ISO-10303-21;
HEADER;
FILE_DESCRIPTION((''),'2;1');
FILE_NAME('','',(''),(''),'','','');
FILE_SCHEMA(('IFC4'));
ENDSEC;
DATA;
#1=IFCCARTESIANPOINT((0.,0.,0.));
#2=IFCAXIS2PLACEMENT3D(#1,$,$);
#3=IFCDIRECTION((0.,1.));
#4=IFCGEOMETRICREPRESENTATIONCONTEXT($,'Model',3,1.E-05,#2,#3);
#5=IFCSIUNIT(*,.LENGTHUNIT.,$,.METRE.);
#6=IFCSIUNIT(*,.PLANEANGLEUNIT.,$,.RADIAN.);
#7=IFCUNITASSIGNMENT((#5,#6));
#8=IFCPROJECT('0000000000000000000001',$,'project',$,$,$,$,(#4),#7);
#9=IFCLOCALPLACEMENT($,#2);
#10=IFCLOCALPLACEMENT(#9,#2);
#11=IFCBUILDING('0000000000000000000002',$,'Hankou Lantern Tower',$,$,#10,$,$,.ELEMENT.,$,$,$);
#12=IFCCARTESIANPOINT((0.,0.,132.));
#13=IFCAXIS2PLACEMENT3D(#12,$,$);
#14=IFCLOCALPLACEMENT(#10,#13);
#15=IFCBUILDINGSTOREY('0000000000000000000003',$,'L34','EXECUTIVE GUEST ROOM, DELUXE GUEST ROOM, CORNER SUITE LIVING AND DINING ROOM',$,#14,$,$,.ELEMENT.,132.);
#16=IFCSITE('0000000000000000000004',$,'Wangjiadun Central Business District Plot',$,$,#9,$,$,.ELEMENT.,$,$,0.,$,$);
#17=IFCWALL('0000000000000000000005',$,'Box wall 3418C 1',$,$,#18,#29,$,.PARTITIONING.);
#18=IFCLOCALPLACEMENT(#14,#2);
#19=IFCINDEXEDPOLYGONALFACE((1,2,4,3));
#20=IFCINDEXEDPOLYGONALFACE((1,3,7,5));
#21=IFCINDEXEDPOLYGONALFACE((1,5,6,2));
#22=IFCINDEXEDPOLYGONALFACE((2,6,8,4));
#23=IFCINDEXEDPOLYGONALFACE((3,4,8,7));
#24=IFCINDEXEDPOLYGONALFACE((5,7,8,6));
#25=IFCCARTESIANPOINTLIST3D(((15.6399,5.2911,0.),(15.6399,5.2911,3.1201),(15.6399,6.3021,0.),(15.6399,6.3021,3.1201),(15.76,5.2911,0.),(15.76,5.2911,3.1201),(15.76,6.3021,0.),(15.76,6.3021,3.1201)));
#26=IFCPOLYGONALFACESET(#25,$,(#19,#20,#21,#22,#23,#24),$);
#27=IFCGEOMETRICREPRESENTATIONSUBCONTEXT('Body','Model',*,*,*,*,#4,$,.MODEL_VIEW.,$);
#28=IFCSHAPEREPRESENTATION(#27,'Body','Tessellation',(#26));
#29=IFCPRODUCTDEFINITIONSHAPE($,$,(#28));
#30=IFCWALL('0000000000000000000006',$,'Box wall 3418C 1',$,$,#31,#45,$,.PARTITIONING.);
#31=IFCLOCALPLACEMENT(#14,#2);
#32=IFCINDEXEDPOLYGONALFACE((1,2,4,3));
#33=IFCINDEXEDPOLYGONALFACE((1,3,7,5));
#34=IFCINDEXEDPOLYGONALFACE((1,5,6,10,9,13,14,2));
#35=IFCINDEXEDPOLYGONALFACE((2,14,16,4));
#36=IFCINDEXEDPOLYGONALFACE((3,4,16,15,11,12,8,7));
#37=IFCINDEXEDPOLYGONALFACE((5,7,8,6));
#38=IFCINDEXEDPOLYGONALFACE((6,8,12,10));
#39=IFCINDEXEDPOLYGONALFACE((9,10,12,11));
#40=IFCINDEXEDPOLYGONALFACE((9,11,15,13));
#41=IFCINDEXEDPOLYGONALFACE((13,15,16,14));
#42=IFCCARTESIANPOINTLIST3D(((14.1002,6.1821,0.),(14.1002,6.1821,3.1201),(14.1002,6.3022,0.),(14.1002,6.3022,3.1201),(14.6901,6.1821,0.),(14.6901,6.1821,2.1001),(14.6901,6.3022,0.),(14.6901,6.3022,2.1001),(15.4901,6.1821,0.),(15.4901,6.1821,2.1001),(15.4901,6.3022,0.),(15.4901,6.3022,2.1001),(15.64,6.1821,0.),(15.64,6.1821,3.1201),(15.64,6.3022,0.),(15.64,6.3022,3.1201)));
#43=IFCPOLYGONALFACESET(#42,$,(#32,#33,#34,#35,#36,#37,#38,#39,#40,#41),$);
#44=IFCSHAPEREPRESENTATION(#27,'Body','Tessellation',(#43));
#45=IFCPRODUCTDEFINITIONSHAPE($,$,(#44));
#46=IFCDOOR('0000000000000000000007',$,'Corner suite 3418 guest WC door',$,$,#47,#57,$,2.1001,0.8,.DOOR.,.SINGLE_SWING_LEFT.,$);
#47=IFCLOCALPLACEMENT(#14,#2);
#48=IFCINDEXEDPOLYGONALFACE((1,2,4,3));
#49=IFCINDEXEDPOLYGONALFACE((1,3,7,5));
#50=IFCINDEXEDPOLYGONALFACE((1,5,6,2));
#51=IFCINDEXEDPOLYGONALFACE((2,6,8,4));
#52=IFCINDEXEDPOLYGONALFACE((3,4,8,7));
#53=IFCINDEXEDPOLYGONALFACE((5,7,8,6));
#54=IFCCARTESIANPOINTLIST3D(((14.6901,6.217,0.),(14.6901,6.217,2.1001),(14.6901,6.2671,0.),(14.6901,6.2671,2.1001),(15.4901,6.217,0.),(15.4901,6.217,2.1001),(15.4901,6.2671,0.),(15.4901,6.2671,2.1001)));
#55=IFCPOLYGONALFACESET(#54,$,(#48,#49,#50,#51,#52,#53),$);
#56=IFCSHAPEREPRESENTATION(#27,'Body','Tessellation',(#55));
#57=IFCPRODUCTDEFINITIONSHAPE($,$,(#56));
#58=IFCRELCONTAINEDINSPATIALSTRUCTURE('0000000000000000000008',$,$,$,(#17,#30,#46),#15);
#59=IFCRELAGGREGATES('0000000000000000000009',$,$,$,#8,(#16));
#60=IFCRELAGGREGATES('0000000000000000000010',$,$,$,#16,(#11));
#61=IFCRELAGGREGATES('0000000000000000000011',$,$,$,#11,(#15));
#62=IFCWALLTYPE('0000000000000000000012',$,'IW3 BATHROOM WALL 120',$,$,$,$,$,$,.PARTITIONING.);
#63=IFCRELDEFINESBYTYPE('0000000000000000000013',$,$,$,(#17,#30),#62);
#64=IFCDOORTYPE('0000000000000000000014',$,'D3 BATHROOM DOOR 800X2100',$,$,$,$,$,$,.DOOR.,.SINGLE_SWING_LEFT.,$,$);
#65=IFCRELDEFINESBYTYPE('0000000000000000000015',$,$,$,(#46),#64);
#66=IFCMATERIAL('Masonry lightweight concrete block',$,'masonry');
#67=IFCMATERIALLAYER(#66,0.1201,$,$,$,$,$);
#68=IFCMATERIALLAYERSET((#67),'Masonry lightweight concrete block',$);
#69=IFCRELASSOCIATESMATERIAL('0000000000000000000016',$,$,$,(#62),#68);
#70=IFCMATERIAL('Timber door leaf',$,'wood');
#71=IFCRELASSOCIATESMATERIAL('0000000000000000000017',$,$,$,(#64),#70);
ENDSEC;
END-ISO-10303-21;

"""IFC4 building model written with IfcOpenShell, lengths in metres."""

from ifc_helpers import new_model, si_unit, direction, frame, frame_2d, origin, place, context, subcontext, project, spatial, rectangle, extrude, material, layer, layer_set, type_object, element, fill, save


model = new_model("IFC4")

# Units and contexts
model_context = context("Model", 3, precision=1e-05, world=origin(), true_north=direction((0.0, 1.0)))
body_context = subcontext(model_context, "Body", "Model", "MODEL_VIEW")
ifc_project = project(units=[si_unit("LENGTHUNIT", "METRE"), si_unit("PLANEANGLEUNIT", "RADIAN")], contexts=[model_context])

# Site, building, storey
site_placement = place(None, origin())
site = spatial("IfcSite", under=ifc_project, at=site_placement, Name="Wangjiadun Central Business District Plot", CompositionType="ELEMENT", RefElevation=0.0)
building_placement = place(site_placement, origin())
building = spatial("IfcBuilding", under=site, at=building_placement, Name="Hankou Lantern Tower", CompositionType="ELEMENT")
storey_placement = place(building_placement, frame((0.0, 0.0, 132.0)))
storey = spatial("IfcBuildingStorey", under=building, at=storey_placement, Name="L34", Description="EXECUTIVE GUEST ROOM, DELUXE GUEST ROOM, CORNER SUITE LIVING AND DINING ROOM", CompositionType="ELEMENT", Elevation=132.0)

# Shared definitions
ifc_material_1 = material(Name="Masonry lightweight concrete block", Category="masonry")
ifc_layer_1 = layer(ifc_material_1, 0.1201)
ifc_layer_set_1 = layer_set([ifc_layer_1], Name="Masonry lightweight concrete block")
wall_type_1 = type_object("IfcWallType", Name="IW3 BATHROOM WALL 120", PredefinedType="PARTITIONING", material=ifc_layer_set_1)
ifc_material_2 = material(Name="Timber door leaf", Category="wood")
door_type = type_object("IfcDoorType", Name="D3 BATHROOM DOOR 800X2100", OperationType="SINGLE_SWING_LEFT", PredefinedType="DOOR", material=ifc_material_2)

# Wall
wall_1_placement = place(storey_placement, frame((15.7, 5.2913, 0.0), z_axis=(0.0, 0.0, 1.0), x_axis=(0.0, 1.0, 0.0)))
element("IfcWall", 1, at=wall_1_placement, inside=storey, type_object=wall_type_1, Name="Box wall 3418C 1", PredefinedType="PARTITIONING", context=body_context, shape_type="SweptSolid", body=[
    extrude(rectangle(XDim=1.011, YDim=0.1201, at=frame_2d((0.5054, 0.0))), origin(), (0.0, 0.0, 1.0), 3.1201),
])

# Wall, opening, door
wall_2_placement = place(storey_placement, frame((14.1001, 6.2422, 0.0), z_axis=(0.0, 0.0, 1.0), x_axis=(1.0, 0.0, 0.0)))
wall_2 = element("IfcWall", 2, at=wall_2_placement, inside=storey, type_object=wall_type_1, Name="Box wall 3418C 1", PredefinedType="PARTITIONING", context=body_context, shape_type="SweptSolid", body=[
    extrude(rectangle(XDim=1.5398, YDim=0.1201, at=frame_2d((0.77, 0.0))), origin(), (0.0, 0.0, 1.0), 3.1201),
])
opening_1_placement = place(wall_2_placement, frame((0.5901, 0.0, 0.0)))
opening_1 = element("IfcOpeningElement", 3, at=opening_1_placement, cuts=wall_2, PredefinedType="OPENING", context=body_context, shape_type="SweptSolid", body=[
    extrude(rectangle(XDim=0.8, YDim=2.1001, at=frame_2d((0.3999, 1.05))), frame((0.0, 0.0701, 0.0), z_axis=(0.0, -1.0, 0.0), x_axis=(1.0, 0.0, 0.0)), (0.0, 0.0, 1.0), 0.1401),
])
door_1_placement = place(opening_1_placement, origin())
door_1 = element("IfcDoor", 4, at=door_1_placement, inside=storey, type_object=door_type, Name="Corner suite 3418 guest WC door", OperationType="SINGLE_SWING_LEFT", OverallHeight=2.1001, OverallWidth=0.8, PredefinedType="DOOR", context=body_context, shape_type="SweptSolid", body=[
    extrude(rectangle(XDim=0.8, YDim=2.1001, at=frame_2d((0.3999, 1.05))), frame((0.0, 0.0249, 0.0), z_axis=(0.0, -1.0, 0.0), x_axis=(1.0, 0.0, 0.0)), (0.0, 0.0, 1.0), 0.05),
])
fill(opening_1, door_1)

save(model, "model.ifc")
